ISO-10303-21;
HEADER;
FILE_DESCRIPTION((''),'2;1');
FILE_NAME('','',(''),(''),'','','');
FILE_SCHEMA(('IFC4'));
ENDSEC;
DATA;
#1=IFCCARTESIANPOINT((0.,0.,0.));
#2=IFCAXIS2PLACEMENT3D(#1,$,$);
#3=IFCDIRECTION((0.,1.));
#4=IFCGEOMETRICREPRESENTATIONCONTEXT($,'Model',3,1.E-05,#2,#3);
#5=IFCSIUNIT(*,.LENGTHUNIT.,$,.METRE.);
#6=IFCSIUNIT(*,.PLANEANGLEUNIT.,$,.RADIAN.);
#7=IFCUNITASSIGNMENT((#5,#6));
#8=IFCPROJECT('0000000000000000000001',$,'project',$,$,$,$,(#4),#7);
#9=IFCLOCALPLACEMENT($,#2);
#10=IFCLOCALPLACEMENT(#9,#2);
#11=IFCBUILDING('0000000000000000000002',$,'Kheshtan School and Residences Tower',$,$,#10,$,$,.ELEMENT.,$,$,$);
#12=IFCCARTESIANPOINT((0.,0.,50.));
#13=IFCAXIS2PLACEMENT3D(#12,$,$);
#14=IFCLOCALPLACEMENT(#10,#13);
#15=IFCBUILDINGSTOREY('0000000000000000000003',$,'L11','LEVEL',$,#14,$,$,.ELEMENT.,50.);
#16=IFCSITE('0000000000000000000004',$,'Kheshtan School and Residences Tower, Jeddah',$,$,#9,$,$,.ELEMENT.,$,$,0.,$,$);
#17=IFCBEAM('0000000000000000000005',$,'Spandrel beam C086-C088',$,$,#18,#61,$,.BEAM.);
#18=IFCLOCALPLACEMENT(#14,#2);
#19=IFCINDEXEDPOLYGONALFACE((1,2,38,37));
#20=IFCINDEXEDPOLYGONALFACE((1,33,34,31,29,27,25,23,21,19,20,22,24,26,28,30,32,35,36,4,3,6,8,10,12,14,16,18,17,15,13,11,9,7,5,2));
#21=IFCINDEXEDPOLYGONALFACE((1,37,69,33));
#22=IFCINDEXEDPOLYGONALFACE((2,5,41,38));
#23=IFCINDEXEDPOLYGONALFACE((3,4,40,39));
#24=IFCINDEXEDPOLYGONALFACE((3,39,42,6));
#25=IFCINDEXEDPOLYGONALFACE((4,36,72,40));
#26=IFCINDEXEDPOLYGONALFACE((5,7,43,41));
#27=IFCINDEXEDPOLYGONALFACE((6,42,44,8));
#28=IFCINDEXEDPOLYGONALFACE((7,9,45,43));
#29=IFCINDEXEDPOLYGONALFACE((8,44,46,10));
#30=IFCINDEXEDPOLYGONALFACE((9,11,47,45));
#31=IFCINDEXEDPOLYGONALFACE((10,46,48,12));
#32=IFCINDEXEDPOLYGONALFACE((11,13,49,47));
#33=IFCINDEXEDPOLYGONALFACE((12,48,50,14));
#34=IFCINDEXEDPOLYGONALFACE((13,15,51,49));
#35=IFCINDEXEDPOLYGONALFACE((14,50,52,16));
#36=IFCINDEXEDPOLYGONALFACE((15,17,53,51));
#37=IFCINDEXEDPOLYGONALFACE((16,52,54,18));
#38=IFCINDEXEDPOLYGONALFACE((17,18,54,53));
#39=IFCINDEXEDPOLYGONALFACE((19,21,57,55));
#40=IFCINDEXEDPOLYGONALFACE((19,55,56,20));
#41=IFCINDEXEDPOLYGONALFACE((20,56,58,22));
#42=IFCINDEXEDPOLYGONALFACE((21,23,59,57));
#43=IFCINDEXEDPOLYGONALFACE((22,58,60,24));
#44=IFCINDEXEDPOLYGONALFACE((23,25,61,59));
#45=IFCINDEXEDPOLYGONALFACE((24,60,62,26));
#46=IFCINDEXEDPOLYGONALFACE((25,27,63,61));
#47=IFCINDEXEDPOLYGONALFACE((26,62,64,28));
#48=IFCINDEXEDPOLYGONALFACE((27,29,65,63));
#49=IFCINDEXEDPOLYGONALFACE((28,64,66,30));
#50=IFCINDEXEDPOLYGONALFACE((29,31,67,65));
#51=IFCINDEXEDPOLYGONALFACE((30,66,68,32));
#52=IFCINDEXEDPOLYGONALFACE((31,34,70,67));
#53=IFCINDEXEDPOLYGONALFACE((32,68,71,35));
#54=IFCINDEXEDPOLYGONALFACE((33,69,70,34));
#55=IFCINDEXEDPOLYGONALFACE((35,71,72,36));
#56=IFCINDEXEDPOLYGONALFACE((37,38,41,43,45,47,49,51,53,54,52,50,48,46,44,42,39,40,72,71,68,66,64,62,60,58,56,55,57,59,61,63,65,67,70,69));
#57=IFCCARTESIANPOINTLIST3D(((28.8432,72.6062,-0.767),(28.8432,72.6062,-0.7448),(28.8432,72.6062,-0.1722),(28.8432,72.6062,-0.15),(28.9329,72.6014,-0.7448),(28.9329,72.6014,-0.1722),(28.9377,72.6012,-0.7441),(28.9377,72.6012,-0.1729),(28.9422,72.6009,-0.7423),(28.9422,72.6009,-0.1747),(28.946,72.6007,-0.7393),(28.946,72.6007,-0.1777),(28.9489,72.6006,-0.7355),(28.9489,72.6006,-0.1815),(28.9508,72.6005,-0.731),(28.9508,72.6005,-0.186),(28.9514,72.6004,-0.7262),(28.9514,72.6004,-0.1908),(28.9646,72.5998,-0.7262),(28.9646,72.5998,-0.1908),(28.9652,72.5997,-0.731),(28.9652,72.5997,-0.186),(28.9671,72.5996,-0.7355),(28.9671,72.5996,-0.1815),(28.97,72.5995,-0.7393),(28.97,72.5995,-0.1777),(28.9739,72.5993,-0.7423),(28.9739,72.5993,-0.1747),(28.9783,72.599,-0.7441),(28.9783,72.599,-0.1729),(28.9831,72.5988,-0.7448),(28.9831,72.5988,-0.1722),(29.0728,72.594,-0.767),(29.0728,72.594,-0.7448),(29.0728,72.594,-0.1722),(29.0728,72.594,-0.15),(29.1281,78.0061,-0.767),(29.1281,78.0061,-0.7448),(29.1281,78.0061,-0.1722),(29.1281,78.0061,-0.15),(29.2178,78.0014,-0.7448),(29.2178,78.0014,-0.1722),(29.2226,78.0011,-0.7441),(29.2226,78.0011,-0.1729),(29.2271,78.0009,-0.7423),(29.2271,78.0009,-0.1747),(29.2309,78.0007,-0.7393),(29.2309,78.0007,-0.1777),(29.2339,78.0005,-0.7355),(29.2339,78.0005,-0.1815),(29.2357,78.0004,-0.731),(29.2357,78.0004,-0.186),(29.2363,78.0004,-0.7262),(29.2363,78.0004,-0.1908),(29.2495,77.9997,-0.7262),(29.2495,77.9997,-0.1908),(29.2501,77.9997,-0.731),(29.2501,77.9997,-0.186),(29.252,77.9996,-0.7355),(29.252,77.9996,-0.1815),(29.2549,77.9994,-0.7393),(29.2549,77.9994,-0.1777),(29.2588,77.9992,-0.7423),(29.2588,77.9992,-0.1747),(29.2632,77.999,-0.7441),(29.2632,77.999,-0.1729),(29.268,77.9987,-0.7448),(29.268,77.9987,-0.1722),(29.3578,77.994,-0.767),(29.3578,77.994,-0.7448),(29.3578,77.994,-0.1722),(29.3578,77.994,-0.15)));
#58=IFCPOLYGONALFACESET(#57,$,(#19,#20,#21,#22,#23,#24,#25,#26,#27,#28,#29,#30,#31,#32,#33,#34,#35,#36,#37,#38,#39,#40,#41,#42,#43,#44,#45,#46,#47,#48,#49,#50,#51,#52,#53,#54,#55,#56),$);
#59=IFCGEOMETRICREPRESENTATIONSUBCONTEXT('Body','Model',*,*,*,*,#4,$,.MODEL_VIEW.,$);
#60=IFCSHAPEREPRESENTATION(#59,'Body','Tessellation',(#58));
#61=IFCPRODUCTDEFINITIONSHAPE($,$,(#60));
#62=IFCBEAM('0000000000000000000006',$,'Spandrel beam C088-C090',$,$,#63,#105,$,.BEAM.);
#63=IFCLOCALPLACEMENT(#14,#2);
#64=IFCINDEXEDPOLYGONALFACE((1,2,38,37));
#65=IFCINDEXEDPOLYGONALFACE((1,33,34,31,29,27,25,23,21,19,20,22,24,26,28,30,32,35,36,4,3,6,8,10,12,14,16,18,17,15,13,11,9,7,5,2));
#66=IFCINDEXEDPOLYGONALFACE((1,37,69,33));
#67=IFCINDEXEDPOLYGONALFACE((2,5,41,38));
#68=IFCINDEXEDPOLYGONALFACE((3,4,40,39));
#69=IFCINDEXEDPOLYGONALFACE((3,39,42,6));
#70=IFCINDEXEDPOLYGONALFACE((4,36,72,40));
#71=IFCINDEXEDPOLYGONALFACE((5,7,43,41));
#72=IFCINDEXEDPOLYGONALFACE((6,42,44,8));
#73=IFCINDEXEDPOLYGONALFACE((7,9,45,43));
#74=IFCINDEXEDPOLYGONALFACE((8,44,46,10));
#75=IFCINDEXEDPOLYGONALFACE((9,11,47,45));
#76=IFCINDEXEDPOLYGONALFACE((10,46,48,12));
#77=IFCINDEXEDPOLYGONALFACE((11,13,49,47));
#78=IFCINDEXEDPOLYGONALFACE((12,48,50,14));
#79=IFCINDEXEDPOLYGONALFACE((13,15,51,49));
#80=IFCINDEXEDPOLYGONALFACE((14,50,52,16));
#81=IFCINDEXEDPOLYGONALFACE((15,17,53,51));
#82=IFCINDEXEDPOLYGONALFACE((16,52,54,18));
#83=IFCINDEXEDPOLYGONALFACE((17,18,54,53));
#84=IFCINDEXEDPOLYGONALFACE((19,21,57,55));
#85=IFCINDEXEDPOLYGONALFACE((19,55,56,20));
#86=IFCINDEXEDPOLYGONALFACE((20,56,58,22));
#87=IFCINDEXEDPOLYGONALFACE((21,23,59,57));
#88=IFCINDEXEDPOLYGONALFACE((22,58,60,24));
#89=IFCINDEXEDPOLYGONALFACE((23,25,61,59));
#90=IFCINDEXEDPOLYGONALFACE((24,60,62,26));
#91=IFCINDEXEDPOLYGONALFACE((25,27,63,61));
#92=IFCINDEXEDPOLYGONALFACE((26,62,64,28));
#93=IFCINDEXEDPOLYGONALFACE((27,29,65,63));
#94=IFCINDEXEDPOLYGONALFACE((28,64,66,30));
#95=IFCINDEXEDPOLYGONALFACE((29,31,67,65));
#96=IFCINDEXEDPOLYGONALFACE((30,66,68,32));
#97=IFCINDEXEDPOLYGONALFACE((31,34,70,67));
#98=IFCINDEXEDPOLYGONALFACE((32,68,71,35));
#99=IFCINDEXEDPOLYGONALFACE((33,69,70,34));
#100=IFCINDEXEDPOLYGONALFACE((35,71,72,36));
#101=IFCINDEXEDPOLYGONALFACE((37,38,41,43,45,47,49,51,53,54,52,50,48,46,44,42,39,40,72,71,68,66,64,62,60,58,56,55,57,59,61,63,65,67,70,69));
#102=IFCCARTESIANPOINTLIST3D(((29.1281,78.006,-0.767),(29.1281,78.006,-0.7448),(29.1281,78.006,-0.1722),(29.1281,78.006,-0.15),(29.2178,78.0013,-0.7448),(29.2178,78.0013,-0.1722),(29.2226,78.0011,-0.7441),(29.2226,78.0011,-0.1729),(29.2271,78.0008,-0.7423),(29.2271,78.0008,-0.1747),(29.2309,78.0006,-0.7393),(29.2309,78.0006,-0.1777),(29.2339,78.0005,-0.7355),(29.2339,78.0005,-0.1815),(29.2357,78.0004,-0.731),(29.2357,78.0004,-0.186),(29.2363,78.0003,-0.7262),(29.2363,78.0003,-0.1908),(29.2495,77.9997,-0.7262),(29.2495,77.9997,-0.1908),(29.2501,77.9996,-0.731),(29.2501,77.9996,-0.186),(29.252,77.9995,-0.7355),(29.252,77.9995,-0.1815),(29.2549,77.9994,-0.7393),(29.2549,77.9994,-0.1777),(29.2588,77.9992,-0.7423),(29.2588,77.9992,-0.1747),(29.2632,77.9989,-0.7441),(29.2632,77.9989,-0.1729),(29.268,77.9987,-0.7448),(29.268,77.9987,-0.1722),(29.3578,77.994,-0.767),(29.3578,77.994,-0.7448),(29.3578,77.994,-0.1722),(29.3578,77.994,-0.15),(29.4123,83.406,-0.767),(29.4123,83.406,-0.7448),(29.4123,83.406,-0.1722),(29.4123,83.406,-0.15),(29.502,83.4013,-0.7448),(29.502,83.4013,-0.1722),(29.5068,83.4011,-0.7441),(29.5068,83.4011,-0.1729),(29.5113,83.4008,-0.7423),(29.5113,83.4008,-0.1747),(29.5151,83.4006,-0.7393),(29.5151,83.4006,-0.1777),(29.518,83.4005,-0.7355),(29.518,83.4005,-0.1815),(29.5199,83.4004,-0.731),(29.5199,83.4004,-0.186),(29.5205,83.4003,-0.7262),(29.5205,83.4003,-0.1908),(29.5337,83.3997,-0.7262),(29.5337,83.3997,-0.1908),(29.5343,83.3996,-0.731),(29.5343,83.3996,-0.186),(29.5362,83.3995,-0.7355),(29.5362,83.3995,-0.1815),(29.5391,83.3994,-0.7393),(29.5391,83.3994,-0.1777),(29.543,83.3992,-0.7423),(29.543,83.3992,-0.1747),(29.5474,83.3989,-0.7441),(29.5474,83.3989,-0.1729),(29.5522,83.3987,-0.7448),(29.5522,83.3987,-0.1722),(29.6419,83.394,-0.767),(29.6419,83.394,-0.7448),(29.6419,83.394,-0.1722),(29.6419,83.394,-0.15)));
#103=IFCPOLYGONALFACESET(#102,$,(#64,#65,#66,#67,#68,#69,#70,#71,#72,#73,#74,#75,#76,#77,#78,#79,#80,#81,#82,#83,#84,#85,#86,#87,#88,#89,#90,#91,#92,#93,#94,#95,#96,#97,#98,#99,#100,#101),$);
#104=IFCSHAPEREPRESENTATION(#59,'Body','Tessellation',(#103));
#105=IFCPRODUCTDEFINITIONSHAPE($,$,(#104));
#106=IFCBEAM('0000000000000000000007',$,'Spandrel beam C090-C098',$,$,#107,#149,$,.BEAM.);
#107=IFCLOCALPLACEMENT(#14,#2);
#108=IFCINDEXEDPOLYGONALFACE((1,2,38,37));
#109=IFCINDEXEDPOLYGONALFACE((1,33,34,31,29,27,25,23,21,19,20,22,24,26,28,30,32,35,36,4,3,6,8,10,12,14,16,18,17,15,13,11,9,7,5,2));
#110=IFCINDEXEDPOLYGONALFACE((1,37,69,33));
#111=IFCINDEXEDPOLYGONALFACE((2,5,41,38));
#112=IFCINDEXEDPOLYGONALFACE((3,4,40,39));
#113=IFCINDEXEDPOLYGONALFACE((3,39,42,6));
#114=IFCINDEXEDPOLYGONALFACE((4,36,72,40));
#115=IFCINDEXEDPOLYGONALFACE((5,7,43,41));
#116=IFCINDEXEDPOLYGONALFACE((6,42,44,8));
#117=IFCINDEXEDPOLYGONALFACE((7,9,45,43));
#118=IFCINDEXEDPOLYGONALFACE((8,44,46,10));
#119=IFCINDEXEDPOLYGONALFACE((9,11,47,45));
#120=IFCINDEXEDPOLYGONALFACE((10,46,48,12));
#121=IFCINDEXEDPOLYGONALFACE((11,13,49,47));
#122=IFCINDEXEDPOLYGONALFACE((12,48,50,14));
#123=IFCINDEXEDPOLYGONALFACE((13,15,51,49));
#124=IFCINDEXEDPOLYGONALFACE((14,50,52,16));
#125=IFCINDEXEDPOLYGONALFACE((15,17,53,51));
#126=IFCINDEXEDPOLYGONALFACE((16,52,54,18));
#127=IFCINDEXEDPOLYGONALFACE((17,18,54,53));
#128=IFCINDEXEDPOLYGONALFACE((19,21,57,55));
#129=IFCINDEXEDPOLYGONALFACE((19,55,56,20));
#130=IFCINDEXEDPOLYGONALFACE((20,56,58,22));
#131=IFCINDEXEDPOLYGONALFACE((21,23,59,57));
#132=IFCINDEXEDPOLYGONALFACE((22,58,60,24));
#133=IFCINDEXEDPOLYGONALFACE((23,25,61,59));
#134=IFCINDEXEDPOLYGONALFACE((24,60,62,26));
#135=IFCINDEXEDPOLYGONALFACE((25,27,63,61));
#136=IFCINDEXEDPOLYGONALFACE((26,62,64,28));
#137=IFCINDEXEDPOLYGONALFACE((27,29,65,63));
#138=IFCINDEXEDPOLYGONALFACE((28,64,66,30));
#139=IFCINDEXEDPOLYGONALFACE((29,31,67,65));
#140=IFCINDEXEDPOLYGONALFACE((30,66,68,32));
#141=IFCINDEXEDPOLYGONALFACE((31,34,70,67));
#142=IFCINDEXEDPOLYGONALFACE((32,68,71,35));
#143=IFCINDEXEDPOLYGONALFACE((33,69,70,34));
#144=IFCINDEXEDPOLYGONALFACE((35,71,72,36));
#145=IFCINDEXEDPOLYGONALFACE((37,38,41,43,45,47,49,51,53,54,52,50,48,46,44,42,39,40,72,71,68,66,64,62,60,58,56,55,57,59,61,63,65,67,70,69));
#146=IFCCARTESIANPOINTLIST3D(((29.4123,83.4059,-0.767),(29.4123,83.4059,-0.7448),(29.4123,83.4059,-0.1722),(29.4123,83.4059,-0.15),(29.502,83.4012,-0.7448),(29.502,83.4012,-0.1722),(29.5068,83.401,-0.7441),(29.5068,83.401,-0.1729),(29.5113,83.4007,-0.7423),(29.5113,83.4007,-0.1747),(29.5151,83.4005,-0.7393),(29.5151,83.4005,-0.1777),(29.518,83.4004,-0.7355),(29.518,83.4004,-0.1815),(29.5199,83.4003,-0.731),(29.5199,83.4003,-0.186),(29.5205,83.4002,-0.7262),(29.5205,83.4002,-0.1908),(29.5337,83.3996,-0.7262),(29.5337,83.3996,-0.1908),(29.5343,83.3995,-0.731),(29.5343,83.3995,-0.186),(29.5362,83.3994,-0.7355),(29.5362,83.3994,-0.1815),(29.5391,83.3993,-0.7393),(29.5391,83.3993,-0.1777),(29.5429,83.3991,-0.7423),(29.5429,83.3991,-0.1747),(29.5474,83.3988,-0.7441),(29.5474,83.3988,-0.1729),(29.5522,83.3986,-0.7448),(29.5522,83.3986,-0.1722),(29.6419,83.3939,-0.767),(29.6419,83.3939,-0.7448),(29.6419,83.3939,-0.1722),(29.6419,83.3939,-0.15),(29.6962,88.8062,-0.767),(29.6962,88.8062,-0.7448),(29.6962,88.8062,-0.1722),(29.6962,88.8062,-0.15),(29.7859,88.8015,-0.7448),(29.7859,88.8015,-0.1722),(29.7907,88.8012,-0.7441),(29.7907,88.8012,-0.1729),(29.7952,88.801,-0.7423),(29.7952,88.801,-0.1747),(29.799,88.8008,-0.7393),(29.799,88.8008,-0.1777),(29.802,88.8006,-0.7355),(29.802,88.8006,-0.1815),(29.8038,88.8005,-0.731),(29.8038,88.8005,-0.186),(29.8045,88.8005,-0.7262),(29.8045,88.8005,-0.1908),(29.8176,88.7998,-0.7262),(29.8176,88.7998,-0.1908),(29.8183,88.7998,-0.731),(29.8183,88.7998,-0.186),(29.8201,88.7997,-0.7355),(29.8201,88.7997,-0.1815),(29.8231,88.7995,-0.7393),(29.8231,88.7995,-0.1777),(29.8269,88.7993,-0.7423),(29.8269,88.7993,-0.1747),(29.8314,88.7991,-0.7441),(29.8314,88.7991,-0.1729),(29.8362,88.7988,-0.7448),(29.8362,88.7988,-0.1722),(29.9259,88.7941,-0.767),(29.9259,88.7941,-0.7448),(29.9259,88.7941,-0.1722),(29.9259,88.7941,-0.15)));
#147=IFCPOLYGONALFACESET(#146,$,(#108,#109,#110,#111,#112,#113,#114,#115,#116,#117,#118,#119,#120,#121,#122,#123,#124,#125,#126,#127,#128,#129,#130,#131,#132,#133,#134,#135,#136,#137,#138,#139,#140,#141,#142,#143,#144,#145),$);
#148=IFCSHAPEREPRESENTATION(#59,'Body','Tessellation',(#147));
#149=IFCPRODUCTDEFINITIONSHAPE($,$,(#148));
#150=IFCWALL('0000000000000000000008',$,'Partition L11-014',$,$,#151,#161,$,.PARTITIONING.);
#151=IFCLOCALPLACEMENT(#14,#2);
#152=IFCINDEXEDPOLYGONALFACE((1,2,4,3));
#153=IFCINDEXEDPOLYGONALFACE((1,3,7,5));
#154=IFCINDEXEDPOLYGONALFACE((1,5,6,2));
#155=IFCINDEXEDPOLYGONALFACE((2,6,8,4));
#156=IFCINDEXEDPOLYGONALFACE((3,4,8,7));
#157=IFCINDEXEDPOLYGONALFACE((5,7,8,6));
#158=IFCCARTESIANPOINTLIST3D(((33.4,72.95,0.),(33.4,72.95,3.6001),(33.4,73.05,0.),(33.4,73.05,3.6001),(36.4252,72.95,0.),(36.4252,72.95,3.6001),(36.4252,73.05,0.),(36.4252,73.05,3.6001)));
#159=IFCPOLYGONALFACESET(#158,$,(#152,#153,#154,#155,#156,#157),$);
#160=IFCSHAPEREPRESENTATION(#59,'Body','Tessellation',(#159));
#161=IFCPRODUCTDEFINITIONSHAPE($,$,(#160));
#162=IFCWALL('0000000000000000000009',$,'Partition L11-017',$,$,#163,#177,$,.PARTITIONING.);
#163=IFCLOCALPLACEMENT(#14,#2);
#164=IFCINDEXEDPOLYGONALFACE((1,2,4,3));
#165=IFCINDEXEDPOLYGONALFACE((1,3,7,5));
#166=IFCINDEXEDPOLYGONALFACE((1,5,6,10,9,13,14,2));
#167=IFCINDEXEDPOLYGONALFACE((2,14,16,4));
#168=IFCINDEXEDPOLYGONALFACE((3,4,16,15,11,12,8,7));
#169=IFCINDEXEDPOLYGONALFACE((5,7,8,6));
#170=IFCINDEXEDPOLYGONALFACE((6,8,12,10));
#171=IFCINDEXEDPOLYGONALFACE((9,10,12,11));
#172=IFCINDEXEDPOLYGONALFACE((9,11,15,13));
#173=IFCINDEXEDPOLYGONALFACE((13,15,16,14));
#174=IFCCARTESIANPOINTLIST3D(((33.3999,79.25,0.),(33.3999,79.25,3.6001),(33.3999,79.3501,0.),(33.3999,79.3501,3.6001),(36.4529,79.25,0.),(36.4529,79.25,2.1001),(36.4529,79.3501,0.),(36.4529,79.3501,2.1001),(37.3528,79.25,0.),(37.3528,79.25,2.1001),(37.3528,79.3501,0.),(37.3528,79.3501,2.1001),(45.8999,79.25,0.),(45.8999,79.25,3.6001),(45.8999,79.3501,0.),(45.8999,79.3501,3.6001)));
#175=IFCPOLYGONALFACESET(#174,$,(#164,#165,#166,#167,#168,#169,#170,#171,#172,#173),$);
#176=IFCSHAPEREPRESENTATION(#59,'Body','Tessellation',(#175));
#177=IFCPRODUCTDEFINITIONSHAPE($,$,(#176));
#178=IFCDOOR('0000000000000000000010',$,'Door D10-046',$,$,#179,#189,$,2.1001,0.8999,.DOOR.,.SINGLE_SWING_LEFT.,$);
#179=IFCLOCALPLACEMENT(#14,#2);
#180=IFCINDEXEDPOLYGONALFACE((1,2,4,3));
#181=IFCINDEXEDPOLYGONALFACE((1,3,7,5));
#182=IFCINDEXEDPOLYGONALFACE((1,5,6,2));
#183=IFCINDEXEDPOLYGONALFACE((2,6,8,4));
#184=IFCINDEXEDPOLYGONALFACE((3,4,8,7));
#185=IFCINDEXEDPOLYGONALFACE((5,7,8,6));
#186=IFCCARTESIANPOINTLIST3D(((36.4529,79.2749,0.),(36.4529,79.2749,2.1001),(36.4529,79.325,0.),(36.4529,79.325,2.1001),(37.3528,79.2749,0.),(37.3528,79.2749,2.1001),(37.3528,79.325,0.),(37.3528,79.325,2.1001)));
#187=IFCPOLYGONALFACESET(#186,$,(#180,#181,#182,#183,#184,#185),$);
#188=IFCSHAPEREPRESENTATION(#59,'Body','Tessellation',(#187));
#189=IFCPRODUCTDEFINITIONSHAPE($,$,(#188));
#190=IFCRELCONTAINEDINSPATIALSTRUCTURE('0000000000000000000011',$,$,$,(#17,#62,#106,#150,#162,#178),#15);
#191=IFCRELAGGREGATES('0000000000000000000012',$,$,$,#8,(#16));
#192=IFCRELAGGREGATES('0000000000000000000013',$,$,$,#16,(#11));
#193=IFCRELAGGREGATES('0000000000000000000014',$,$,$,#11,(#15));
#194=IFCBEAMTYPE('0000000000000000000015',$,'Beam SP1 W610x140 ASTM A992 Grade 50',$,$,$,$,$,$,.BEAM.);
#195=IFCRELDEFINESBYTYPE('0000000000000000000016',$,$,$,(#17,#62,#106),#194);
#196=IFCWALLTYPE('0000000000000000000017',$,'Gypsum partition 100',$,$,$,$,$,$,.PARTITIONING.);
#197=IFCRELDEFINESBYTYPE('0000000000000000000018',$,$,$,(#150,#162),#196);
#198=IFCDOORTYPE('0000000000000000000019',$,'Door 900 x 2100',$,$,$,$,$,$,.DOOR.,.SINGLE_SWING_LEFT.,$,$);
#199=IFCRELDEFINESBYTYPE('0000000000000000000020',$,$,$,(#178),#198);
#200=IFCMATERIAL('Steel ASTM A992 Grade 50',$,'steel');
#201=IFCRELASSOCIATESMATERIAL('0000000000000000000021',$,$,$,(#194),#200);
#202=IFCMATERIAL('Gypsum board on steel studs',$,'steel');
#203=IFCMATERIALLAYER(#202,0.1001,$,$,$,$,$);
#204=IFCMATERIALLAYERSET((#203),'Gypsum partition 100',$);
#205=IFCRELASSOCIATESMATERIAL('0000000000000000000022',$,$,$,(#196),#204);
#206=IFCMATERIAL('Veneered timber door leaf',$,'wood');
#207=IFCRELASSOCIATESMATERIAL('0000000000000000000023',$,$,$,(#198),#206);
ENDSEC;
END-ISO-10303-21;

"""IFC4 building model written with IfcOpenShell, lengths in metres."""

from ifc_helpers import new_model, si_unit, direction, frame, frame_2d, origin, origin_2d, place, context, subcontext, project, spatial, rectangle, i_section, extrude, source, transform, mapped, material, layer, layer_set, material_profile, profile_set, type_object, element, fill, save


model = new_model("IFC4")

# Units and contexts
model_context = context("Model", 3, precision=1e-05, world=origin(), true_north=direction((0.0, 1.0)))
body_context = subcontext(model_context, "Body", "Model", "MODEL_VIEW")
ifc_project = project(units=[si_unit("LENGTHUNIT", "METRE"), si_unit("PLANEANGLEUNIT", "RADIAN")], contexts=[model_context])

# Site, building, storey
site_placement = place(None, origin())
site = spatial("IfcSite", under=ifc_project, at=site_placement, Name="Kheshtan School and Residences Tower, Jeddah", CompositionType="ELEMENT", RefElevation=0.0)
building_placement = place(site_placement, origin())
building = spatial("IfcBuilding", under=site, at=building_placement, Name="Kheshtan School and Residences Tower", CompositionType="ELEMENT")
storey_placement = place(building_placement, frame((0.0, 0.0, 50.0)))
storey = spatial("IfcBuildingStorey", under=building, at=storey_placement, Name="L11", Description="LEVEL", CompositionType="ELEMENT", Elevation=50.0)

# Shared definitions
ifc_material_1 = material(Name="Steel ASTM A992 Grade 50", Category="steel")

# Beams
ifc_material_profile_1 = material_profile(ifc_material_1, i_section(OverallWidth=0.23, OverallDepth=0.6169, WebThickness=0.0132, FlangeThickness=0.0222, FilletRadius=0.0186, at=origin_2d()), Name="W610x140")
ifc_profile_set_1 = profile_set([ifc_material_profile_1], Name="Steel ASTM A992 Grade 50")
beam_type_1 = type_object("IfcBeamType", Name="Beam SP1 W610x140 ASTM A992 Grade 50", PredefinedType="BEAM", material=ifc_profile_set_1)
for number, where, z_axis, x_axis, name in (
    (1, (28.958, 72.6001, -0.4585), (0.052689, 0.998611, 0.0), (-0.998611, 0.052689, 0.0), "Spandrel beam C086-C088"),
    (2, (29.2429, 78.0, -0.4585), (0.052554, 0.998618, 0.0), (-0.998618, 0.052554, 0.0), "Spandrel beam C088-C090"),
):
    element("IfcBeam", number, at=place(storey_placement, frame(where, z_axis=z_axis, x_axis=x_axis)), inside=storey, type_object=beam_type_1, Name=name, PredefinedType="BEAM", context=body_context, shape_type="SweptSolid", body=[
        extrude(i_section(OverallWidth=0.23, OverallDepth=0.6169, WebThickness=0.0132, FlangeThickness=0.0222, FilletRadius=0.0186, at=origin_2d()), origin(), (0.0, 0.0, 1.0), 5.4075),
    ])
beam_1_placement = place(storey_placement, frame((29.5271, 83.3999, -0.4585), z_axis=(0.052507, 0.998621, 0.0), x_axis=(-0.998621, 0.052507, 0.0)))
element("IfcBeam", 3, at=beam_1_placement, inside=storey, type_object=beam_type_1, Name="Spandrel beam C090-C098", PredefinedType="BEAM", context=body_context, shape_type="SweptSolid", body=[
    extrude(i_section(OverallWidth=0.23, OverallDepth=0.6169, WebThickness=0.0132, FlangeThickness=0.0222, FilletRadius=0.0186, at=origin_2d()), origin(), (0.0, 0.0, 1.0), 5.4077),
])

# Wall
ifc_material_2 = material(Name="Gypsum board on steel studs", Category="steel")
ifc_layer_1 = layer(ifc_material_2, 0.1001)
ifc_layer_set_1 = layer_set([ifc_layer_1], Name="Gypsum partition 100")
wall_type_1 = type_object("IfcWallType", Name="Gypsum partition 100", PredefinedType="PARTITIONING", material=ifc_layer_set_1)
wall_1_placement = place(storey_placement, frame((33.3999, 73.0, 0.0), z_axis=(0.0, 0.0, 1.0), x_axis=(1.0, 0.0, 0.0)))
element("IfcWall", 4, at=wall_1_placement, inside=storey, type_object=wall_type_1, Name="Partition L11-014", PredefinedType="PARTITIONING", context=body_context, shape_type="SweptSolid", body=[
    extrude(rectangle(XDim=3.0251, YDim=0.1001, at=frame_2d((1.5127, 0.0))), origin(), (0.0, 0.0, 1.0), 3.6001),
])

# Wall, opening, door
wall_2_placement = place(storey_placement, frame((33.3999, 79.3, 0.0), z_axis=(0.0, 0.0, 1.0), x_axis=(1.0, 0.0, 0.0)))
wall_2 = element("IfcWall", 5, at=wall_2_placement, inside=storey, type_object=wall_type_1, Name="Partition L11-017", PredefinedType="PARTITIONING", context=body_context, shape_type="SweptSolid", body=[
    extrude(rectangle(XDim=12.5, YDim=0.1001, at=frame_2d((6.25, 0.0))), origin(), (0.0, 0.0, 1.0), 3.6001),
])
opening_1_placement = place(wall_2_placement, frame((3.053, 0.0, 0.0)))
opening_1 = element("IfcOpeningElement", 6, at=opening_1_placement, cuts=wall_2, PredefinedType="OPENING", context=body_context, shape_type="SweptSolid", body=[
    extrude(rectangle(XDim=0.8999, YDim=2.1001, at=frame_2d((0.45, 1.05))), frame((0.0, 0.0601, 0.0), z_axis=(0.0, -1.0, 0.0), x_axis=(1.0, 0.0, 0.0)), (0.0, 0.0, 1.0), 0.1201),
])
ifc_material_3 = material(Name="Veneered timber door leaf", Category="wood")
door_type_1 = type_object("IfcDoorType", Name="Door 900 x 2100", OperationType="SINGLE_SWING_LEFT", PredefinedType="DOOR", material=ifc_material_3)
shared_shape_1 = source(origin(), body_context, "Body", "SweptSolid", [
    extrude(rectangle(XDim=0.8999, YDim=2.1001, at=frame_2d((0.45, 1.05))), frame((0.0, 0.0249, 0.0), z_axis=(0.0, -1.0, 0.0), x_axis=(1.0, 0.0, 0.0)), (0.0, 0.0, 1.0), 0.05),
])
door_1_placement = place(opening_1_placement, origin())
door_1 = element("IfcDoor", 7, at=door_1_placement, inside=storey, type_object=door_type_1, Name="Door D10-046", OperationType="SINGLE_SWING_LEFT", OverallHeight=2.1001, OverallWidth=0.8999, PredefinedType="DOOR", context=body_context, shape_type="MappedRepresentation", body=[
    mapped(shared_shape_1, transform((0.0, 0.0, 0.0), x_axis=(1.0, 0.0, 0.0), y_axis=(0.0, 1.0, 0.0), z_axis=(0.0, 0.0, 1.0), scale=1.0)),
])
fill(opening_1, door_1)

save(model, "model.ifc")
